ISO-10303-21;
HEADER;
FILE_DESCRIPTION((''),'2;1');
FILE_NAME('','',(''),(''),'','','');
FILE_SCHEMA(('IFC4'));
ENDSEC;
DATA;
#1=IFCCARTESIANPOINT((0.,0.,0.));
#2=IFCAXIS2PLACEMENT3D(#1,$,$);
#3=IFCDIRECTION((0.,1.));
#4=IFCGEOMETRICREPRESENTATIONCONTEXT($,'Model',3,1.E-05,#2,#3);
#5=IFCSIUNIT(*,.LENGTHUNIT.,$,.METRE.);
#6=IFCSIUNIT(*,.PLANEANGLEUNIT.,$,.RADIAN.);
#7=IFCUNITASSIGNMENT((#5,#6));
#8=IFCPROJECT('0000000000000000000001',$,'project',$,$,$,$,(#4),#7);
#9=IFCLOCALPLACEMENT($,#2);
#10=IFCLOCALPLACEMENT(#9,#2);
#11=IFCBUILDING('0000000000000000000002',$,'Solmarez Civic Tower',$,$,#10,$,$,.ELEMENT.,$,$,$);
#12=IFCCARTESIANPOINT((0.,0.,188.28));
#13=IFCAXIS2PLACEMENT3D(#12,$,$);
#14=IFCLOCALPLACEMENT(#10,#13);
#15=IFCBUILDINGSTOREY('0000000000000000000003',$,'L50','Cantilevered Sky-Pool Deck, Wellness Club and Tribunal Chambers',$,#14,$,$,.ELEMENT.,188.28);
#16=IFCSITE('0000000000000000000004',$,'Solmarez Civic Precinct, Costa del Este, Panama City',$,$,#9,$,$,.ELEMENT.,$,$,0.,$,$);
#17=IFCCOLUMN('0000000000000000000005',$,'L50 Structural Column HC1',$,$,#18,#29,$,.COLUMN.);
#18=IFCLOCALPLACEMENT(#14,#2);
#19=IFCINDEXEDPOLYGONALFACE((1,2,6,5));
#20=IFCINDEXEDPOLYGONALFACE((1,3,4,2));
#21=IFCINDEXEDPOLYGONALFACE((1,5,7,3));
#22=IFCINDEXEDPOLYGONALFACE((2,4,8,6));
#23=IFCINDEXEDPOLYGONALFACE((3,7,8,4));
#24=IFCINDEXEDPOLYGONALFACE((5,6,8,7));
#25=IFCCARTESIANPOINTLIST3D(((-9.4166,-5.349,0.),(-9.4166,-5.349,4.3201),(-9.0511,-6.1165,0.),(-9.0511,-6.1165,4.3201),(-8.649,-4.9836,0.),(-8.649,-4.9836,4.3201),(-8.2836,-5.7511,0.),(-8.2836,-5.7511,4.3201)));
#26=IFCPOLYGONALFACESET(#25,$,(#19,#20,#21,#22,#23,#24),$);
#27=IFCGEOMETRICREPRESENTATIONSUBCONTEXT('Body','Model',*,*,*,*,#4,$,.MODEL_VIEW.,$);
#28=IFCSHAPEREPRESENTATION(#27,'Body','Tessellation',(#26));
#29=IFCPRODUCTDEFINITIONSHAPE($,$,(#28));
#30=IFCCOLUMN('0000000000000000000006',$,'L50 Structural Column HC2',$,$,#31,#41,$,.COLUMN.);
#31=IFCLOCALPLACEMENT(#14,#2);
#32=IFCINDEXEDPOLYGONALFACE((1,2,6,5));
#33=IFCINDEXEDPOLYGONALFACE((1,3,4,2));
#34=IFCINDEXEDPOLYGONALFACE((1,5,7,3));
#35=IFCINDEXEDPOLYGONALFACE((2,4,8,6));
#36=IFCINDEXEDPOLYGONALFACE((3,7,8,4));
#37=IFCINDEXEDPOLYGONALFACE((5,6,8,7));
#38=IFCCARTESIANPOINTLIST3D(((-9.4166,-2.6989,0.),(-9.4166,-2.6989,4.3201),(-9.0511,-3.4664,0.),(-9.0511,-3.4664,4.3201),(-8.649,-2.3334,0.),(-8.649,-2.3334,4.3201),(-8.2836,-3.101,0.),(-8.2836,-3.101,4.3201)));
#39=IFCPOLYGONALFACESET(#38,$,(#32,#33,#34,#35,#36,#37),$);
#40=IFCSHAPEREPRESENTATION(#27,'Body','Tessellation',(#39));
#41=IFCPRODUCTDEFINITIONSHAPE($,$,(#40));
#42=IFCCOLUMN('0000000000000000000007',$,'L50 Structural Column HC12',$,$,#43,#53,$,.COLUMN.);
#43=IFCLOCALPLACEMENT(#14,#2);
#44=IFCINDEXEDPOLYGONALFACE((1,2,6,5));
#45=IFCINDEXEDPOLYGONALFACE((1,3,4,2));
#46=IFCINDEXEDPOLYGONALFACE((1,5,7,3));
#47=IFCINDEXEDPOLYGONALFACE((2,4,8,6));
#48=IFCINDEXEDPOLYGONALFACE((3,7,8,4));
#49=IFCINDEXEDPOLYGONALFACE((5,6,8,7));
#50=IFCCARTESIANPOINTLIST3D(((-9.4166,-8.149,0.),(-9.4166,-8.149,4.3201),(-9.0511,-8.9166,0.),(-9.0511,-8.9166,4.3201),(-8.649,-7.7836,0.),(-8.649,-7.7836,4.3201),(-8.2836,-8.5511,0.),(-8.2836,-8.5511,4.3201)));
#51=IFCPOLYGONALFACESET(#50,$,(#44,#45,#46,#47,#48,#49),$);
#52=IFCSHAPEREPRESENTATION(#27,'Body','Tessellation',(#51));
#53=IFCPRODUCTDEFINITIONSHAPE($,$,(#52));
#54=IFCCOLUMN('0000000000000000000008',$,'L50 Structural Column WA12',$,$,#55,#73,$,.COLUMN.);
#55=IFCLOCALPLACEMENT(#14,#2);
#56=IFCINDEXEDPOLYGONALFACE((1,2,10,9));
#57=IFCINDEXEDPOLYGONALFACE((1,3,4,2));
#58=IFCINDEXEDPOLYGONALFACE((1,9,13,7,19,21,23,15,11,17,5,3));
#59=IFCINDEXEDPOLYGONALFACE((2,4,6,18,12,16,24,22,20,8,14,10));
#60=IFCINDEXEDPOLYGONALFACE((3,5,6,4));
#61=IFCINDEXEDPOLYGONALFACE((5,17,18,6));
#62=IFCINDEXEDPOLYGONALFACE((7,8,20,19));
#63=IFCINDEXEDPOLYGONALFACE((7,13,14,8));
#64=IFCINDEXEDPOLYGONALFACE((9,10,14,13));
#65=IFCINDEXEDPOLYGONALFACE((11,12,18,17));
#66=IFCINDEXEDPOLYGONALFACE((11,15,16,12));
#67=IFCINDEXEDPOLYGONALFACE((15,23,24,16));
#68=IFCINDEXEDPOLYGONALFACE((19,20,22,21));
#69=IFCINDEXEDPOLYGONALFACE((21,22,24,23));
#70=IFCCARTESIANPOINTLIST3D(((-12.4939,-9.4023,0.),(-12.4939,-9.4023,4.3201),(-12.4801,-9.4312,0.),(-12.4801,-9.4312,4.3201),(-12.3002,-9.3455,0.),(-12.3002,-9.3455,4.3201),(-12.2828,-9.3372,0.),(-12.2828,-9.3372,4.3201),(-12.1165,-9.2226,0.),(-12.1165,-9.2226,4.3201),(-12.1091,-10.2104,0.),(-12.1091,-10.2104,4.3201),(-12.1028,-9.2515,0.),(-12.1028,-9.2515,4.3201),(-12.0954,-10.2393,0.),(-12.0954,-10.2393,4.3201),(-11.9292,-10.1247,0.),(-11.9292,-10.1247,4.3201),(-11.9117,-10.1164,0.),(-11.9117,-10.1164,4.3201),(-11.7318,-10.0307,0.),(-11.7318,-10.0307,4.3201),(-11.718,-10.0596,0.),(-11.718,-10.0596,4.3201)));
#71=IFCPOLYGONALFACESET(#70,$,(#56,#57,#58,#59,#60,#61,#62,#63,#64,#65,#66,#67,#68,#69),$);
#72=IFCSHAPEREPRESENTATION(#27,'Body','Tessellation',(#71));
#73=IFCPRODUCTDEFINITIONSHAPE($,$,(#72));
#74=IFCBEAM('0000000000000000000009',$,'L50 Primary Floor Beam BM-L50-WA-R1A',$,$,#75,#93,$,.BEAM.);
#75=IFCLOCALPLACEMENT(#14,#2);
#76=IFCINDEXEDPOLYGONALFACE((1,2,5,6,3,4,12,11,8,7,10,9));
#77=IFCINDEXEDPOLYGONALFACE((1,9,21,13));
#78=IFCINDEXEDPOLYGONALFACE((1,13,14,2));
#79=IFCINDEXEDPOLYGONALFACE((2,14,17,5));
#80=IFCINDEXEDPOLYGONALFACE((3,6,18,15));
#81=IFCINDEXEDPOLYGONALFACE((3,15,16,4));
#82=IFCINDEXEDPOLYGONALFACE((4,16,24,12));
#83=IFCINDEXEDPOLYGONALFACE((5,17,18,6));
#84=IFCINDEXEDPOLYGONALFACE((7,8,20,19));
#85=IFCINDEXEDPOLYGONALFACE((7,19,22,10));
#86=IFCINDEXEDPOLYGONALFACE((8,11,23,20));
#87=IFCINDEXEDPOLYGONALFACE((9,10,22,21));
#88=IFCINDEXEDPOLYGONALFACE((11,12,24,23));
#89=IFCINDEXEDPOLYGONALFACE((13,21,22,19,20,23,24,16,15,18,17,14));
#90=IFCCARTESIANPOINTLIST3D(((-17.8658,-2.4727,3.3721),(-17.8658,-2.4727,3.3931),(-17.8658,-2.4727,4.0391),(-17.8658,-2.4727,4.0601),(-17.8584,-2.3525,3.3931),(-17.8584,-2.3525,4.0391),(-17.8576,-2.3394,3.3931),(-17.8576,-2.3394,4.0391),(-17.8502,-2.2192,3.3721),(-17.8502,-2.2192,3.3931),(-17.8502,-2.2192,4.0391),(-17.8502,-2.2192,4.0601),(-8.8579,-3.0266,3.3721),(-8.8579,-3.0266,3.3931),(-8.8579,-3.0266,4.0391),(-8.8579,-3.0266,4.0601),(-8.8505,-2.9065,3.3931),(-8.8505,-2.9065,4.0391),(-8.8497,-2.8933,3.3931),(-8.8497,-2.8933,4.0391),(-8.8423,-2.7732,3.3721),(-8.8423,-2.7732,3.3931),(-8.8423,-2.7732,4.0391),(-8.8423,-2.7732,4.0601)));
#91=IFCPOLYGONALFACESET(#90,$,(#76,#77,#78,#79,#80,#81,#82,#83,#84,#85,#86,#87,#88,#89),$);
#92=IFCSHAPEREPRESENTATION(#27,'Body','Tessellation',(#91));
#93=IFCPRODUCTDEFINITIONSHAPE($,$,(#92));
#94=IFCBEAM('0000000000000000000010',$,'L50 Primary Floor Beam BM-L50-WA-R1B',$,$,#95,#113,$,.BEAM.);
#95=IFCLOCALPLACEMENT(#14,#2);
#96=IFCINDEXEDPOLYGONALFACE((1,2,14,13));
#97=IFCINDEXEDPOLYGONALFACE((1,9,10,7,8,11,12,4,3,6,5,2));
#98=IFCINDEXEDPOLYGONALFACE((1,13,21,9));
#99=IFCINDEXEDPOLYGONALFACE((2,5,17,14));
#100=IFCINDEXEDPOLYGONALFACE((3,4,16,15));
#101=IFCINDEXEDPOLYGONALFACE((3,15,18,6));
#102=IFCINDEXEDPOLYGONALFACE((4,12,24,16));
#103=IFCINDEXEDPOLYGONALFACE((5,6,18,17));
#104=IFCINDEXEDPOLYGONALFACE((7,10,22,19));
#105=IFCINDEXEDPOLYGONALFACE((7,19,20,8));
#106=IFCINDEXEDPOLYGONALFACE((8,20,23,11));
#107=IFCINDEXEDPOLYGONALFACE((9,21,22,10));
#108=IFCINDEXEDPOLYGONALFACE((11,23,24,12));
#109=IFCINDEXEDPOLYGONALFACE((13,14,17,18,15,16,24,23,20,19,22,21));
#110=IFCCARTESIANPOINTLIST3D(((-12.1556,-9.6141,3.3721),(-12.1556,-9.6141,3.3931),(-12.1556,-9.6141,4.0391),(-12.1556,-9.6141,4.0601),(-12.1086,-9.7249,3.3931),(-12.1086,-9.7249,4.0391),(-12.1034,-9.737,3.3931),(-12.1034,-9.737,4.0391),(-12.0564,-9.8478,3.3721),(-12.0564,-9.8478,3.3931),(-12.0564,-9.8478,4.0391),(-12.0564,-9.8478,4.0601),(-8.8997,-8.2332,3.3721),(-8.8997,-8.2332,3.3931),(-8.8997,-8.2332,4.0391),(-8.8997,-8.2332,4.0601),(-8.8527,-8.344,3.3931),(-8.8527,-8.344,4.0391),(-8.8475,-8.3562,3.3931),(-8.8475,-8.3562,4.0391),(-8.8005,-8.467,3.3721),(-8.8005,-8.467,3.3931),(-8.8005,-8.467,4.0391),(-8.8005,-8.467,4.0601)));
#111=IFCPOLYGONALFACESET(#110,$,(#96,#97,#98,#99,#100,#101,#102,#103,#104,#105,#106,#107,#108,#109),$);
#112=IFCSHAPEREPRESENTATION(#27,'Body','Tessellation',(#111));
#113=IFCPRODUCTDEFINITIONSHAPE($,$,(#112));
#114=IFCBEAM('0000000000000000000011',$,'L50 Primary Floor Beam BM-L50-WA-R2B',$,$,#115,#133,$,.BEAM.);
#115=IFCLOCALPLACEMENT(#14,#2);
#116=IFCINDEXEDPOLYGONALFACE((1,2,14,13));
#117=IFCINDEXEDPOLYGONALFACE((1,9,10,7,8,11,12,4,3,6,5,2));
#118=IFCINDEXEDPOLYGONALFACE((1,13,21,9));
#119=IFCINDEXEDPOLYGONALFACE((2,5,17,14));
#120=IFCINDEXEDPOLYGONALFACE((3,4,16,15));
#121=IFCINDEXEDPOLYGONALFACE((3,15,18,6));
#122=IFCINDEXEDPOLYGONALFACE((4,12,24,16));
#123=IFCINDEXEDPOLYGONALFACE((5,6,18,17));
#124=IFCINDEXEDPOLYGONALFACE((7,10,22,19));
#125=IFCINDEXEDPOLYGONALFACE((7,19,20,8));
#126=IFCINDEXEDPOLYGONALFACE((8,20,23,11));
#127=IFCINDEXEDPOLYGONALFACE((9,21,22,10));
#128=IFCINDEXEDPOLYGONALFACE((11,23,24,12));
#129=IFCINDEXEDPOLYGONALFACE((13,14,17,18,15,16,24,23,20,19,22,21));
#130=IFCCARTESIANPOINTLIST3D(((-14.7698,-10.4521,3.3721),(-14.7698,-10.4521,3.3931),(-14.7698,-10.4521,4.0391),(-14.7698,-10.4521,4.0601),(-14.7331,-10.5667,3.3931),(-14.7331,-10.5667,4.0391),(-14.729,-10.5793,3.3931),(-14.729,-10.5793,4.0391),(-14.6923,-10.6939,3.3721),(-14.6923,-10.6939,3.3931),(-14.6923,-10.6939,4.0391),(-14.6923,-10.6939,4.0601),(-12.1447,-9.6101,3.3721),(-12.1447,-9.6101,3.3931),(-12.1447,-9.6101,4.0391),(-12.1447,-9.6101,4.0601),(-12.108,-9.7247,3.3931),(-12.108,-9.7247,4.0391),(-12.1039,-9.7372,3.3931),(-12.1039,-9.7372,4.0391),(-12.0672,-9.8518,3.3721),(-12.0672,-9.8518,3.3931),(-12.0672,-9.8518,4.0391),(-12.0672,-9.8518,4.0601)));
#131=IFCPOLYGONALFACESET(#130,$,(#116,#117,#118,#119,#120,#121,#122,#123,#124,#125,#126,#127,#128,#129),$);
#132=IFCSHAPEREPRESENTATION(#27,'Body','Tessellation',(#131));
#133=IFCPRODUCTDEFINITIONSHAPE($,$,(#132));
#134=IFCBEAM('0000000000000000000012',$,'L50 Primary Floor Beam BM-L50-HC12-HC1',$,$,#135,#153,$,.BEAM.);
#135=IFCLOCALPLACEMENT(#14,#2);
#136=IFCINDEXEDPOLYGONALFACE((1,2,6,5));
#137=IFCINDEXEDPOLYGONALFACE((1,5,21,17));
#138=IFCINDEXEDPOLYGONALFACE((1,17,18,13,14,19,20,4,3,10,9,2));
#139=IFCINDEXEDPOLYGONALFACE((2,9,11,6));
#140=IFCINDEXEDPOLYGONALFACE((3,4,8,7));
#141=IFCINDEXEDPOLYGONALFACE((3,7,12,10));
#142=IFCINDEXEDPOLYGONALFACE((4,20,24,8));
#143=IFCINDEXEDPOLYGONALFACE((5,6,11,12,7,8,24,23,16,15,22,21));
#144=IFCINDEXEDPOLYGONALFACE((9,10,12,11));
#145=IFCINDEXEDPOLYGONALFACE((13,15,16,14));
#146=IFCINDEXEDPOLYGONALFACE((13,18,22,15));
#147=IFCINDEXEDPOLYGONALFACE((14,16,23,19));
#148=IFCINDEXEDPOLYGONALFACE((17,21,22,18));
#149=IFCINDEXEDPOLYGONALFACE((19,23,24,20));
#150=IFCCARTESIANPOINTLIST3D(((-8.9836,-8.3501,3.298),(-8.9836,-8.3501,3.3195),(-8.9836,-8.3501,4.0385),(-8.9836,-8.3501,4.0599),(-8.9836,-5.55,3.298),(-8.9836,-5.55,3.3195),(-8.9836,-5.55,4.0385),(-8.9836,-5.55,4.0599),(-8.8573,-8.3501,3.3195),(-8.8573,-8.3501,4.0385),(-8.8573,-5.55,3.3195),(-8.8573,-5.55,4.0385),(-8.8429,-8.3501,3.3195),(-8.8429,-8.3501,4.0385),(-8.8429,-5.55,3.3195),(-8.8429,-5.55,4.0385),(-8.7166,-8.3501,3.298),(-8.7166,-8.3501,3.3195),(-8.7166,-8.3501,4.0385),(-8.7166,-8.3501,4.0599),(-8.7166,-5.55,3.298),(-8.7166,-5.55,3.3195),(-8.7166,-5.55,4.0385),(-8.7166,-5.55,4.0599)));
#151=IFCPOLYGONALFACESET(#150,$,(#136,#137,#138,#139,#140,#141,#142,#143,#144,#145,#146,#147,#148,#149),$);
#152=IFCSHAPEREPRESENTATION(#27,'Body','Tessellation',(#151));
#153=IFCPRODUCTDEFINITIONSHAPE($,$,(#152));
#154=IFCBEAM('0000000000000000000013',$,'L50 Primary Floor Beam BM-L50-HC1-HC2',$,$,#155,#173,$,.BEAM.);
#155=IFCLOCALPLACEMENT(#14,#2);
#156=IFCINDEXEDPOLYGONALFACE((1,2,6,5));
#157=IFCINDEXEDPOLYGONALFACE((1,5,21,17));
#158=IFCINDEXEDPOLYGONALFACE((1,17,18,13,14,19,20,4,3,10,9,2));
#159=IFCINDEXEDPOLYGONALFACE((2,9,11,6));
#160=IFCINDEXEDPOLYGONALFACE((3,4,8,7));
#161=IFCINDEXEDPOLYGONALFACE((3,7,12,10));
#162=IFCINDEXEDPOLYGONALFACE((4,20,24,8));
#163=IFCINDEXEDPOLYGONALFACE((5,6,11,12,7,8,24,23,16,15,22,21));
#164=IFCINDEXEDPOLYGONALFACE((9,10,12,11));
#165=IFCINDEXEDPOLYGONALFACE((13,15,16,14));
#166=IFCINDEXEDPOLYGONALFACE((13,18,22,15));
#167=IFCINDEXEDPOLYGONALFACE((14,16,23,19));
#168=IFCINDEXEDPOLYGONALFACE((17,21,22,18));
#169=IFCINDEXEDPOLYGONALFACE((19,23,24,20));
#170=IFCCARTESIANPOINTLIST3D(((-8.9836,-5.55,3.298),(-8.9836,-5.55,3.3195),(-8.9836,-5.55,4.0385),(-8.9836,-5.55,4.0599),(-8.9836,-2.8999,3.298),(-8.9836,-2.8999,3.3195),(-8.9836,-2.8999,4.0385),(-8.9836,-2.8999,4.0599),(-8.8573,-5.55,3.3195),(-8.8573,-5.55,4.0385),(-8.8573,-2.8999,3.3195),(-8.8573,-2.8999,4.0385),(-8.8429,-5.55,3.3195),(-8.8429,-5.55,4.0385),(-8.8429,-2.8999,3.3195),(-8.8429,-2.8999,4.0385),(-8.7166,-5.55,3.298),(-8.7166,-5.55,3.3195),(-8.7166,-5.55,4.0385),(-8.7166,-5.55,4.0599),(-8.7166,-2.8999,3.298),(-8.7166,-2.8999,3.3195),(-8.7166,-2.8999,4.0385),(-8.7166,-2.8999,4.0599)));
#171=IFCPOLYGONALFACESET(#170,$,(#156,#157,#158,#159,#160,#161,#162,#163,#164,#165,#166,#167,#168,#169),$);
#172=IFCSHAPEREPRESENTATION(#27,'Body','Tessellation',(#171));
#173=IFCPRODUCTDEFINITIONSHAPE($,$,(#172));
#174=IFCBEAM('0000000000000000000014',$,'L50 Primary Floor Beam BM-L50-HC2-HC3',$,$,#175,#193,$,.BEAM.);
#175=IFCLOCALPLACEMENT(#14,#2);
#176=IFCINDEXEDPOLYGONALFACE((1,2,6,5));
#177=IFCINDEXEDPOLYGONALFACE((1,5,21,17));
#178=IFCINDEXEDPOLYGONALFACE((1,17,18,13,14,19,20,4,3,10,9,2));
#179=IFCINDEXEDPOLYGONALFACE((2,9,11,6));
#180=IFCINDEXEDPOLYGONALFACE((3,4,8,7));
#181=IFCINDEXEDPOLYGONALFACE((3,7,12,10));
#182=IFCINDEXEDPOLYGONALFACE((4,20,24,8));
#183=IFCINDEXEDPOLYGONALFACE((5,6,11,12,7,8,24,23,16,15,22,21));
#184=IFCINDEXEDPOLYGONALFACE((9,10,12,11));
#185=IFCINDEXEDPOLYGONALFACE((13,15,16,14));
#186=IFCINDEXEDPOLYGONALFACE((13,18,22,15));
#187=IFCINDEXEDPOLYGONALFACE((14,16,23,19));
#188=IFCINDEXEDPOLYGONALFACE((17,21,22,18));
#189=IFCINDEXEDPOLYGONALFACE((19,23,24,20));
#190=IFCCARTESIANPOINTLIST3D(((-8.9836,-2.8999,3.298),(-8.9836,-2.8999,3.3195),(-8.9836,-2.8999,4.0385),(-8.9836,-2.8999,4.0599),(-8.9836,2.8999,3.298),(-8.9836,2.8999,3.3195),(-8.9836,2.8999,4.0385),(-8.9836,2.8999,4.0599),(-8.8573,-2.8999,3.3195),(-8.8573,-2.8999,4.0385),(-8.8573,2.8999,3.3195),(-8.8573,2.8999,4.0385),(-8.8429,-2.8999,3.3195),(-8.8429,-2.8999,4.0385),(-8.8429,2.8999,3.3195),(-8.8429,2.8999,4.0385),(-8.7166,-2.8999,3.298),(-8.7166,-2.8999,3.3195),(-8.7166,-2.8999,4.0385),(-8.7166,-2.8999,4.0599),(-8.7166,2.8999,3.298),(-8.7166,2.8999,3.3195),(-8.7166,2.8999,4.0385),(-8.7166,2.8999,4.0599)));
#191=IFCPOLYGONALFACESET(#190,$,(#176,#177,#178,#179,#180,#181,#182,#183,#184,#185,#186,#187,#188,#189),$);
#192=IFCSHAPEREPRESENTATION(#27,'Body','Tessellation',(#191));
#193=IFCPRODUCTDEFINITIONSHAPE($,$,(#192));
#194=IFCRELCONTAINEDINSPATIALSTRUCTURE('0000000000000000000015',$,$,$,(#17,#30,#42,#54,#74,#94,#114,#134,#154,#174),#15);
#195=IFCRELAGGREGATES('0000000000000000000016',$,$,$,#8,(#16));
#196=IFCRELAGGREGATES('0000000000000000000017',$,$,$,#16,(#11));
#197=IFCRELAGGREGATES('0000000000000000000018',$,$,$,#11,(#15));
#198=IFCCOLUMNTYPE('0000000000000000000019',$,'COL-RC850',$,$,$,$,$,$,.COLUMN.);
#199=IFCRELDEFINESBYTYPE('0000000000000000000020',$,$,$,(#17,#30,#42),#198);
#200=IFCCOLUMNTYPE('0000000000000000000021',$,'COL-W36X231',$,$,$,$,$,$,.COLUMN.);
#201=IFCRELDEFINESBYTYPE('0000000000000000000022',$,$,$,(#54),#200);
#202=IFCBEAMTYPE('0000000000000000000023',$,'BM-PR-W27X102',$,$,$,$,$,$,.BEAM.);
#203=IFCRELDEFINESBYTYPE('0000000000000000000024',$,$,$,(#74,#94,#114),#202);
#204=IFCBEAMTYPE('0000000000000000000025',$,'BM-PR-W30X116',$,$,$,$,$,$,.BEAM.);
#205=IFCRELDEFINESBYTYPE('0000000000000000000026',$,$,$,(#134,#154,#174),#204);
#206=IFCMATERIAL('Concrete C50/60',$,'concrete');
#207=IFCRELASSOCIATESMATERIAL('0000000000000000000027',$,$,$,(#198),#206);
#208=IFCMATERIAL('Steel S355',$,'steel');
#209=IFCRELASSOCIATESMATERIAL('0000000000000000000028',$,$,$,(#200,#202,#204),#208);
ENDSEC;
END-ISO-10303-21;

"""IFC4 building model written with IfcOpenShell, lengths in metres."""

from ifc_helpers import new_model, si_unit, direction, frame, origin, origin_2d, place, context, subcontext, project, spatial, rectangle, i_section, extrude, material, material_profile, profile_set, type_object, element, save


model = new_model("IFC4")

# Units and contexts
model_context = context("Model", 3, precision=1e-05, world=origin(), true_north=direction((0.0, 1.0)))
body_context = subcontext(model_context, "Body", "Model", "MODEL_VIEW")
ifc_project = project(units=[si_unit("LENGTHUNIT", "METRE"), si_unit("PLANEANGLEUNIT", "RADIAN")], contexts=[model_context])

# Site, building, storey
site_placement = place(None, origin())
site = spatial("IfcSite", under=ifc_project, at=site_placement, Name="Solmarez Civic Precinct, Costa del Este, Panama City", CompositionType="ELEMENT", RefElevation=0.0)
building_placement = place(site_placement, origin())
building = spatial("IfcBuilding", under=site, at=building_placement, Name="Solmarez Civic Tower", CompositionType="ELEMENT")
storey_placement = place(building_placement, frame((0.0, 0.0, 188.28)))
storey = spatial("IfcBuildingStorey", under=building, at=storey_placement, Name="L50", Description="Cantilevered Sky-Pool Deck, Wellness Club and Tribunal Chambers", CompositionType="ELEMENT", Elevation=188.28)

# Columns
ifc_material_1 = material(Name="Concrete C50/60", Category="concrete")
ifc_material_profile_1 = material_profile(ifc_material_1, rectangle(XDim=0.8501, YDim=0.8501, at=origin_2d()), Name="RC850X850")
ifc_profile_set_1 = profile_set([ifc_material_profile_1], Name="Concrete C50/60")
column_type_1 = type_object("IfcColumnType", Name="COL-RC850", PredefinedType="COLUMN", material=ifc_profile_set_1)
for number, where, z_axis, x_axis, name in (
    (1, (-8.8501, -5.55, 0.0), (0.0, 0.0, 1.0), (0.902886, 0.429881, 0.0), "L50 Structural Column HC1"),
    (2, (-8.8501, -2.8999, 0.0), (0.0, 0.0, 1.0), (0.902886, 0.429881, 0.0), "L50 Structural Column HC2"),
    (3, (-8.8501, -8.3501, 0.0), (0.0, 0.0, 1.0), (0.902886, 0.429881, 0.0), "L50 Structural Column HC12"),
):
    element("IfcColumn", number, at=place(storey_placement, frame(where, z_axis=z_axis, x_axis=x_axis)), inside=storey, type_object=column_type_1, Name=name, PredefinedType="COLUMN", context=body_context, shape_type="SweptSolid", body=[
        extrude(rectangle(XDim=0.8501, YDim=0.8501, at=origin_2d()), origin(), (0.0, 0.0, 1.0), 4.3201),
    ])
ifc_material_2 = material(Name="Steel S355", Category="steel")
ifc_material_profile_2 = material_profile(ifc_material_2, i_section(OverallWidth=0.418, OverallDepth=0.927, WebThickness=0.0193, FlangeThickness=0.032, at=origin_2d()), Name="W36X231")
ifc_profile_set_2 = profile_set([ifc_material_profile_2], Name="Steel S355")
column_type_2 = type_object("IfcColumnType", Name="COL-W36X231", PredefinedType="COLUMN", material=ifc_profile_set_2)
column_placement = place(storey_placement, frame((-12.106, -9.731, 0.0), z_axis=(0.0, 0.0, 1.0), x_axis=(0.902886, 0.429881, 0.0)))
element("IfcColumn", 4, at=column_placement, inside=storey, type_object=column_type_2, Name="L50 Structural Column WA12", PredefinedType="COLUMN", context=body_context, shape_type="SweptSolid", body=[
    extrude(i_section(OverallWidth=0.418, OverallDepth=0.927, WebThickness=0.0193, FlangeThickness=0.032, at=origin_2d()), origin(), (0.0, 0.0, 1.0), 4.3201),
])

# Beams
ifc_material_profile_3 = material_profile(ifc_material_2, i_section(OverallWidth=0.2539, OverallDepth=0.688, WebThickness=0.0132, FlangeThickness=0.021, at=origin_2d()), Name="W27X102")
ifc_profile_set_3 = profile_set([ifc_material_profile_3], Name="Steel S355")
beam_type_1 = type_object("IfcBeamType", Name="BM-PR-W27X102", PredefinedType="BEAM", material=ifc_profile_set_3)
beam_1_placement = place(storey_placement, frame((-8.8501, -2.8999, 3.7161), z_axis=(-0.998114, 0.061381, 0.0), x_axis=(-0.061381, -0.998114, 0.0)))
element("IfcBeam", 5, at=beam_1_placement, inside=storey, type_object=beam_type_1, Name="L50 Primary Floor Beam BM-L50-WA-R1A", PredefinedType="BEAM", context=body_context, shape_type="SweptSolid", body=[
    extrude(i_section(OverallWidth=0.2539, OverallDepth=0.688, WebThickness=0.0132, FlangeThickness=0.021, at=origin_2d()), origin(), (0.0, 0.0, 1.0), 9.0249),
])
beam_2_placement = place(storey_placement, frame((-8.8501, -8.3501, 3.7161), z_axis=(-0.920624, -0.390451, 0.0), x_axis=(0.390451, -0.920624, 0.0)))
element("IfcBeam", 6, at=beam_2_placement, inside=storey, type_object=beam_type_1, Name="L50 Primary Floor Beam BM-L50-WA-R1B", PredefinedType="BEAM", context=body_context, shape_type="SweptSolid", body=[
    extrude(i_section(OverallWidth=0.2539, OverallDepth=0.688, WebThickness=0.0132, FlangeThickness=0.021, at=origin_2d()), origin(), (0.0, 0.0, 1.0), 3.5366),
])
beam_3_placement = place(storey_placement, frame((-12.106, -9.731, 3.7161), z_axis=(-0.952209, -0.305447, 0.0), x_axis=(0.305447, -0.952209, 0.0)))
element("IfcBeam", 7, at=beam_3_placement, inside=storey, type_object=beam_type_1, Name="L50 Primary Floor Beam BM-L50-WA-R2B", PredefinedType="BEAM", context=body_context, shape_type="SweptSolid", body=[
    extrude(i_section(OverallWidth=0.2539, OverallDepth=0.688, WebThickness=0.0132, FlangeThickness=0.021, at=origin_2d()), origin(), (0.0, 0.0, 1.0), 2.7568),
])
ifc_material_profile_4 = material_profile(ifc_material_2, i_section(OverallWidth=0.2671, OverallDepth=0.762, WebThickness=0.0144, FlangeThickness=0.0215, at=origin_2d()), Name="W30X116")
ifc_profile_set_4 = profile_set([ifc_material_profile_4], Name="Steel S355")
beam_type_2 = type_object("IfcBeamType", Name="BM-PR-W30X116", PredefinedType="BEAM", material=ifc_profile_set_4)
beam_4_placement = place(storey_placement, frame((-8.8501, -8.3501, 3.679), z_axis=(0.0, 1.0, 0.0), x_axis=(-1.0, 0.0, 0.0)))
element("IfcBeam", 8, at=beam_4_placement, inside=storey, type_object=beam_type_2, Name="L50 Primary Floor Beam BM-L50-HC12-HC1", PredefinedType="BEAM", context=body_context, shape_type="SweptSolid", body=[
    extrude(i_section(OverallWidth=0.2671, OverallDepth=0.762, WebThickness=0.0144, FlangeThickness=0.0215, at=origin_2d()), origin(), (0.0, 0.0, 1.0), 2.8),
])
beam_5_placement = place(storey_placement, frame((-8.8501, -5.55, 3.679), z_axis=(0.0, 1.0, 0.0), x_axis=(-1.0, 0.0, 0.0)))
element("IfcBeam", 9, at=beam_5_placement, inside=storey, type_object=beam_type_2, Name="L50 Primary Floor Beam BM-L50-HC1-HC2", PredefinedType="BEAM", context=body_context, shape_type="SweptSolid", body=[
    extrude(i_section(OverallWidth=0.2671, OverallDepth=0.762, WebThickness=0.0144, FlangeThickness=0.0215, at=origin_2d()), origin(), (0.0, 0.0, 1.0), 2.6501),
])
beam_6_placement = place(storey_placement, frame((-8.8501, -2.8999, 3.679), z_axis=(0.0, 1.0, 0.0), x_axis=(-1.0, 0.0, 0.0)))
element("IfcBeam", 10, at=beam_6_placement, inside=storey, type_object=beam_type_2, Name="L50 Primary Floor Beam BM-L50-HC2-HC3", PredefinedType="BEAM", context=body_context, shape_type="SweptSolid", body=[
    extrude(i_section(OverallWidth=0.2671, OverallDepth=0.762, WebThickness=0.0144, FlangeThickness=0.0215, at=origin_2d()), origin(), (0.0, 0.0, 1.0), 5.7998),
])

save(model, "model.ifc")
